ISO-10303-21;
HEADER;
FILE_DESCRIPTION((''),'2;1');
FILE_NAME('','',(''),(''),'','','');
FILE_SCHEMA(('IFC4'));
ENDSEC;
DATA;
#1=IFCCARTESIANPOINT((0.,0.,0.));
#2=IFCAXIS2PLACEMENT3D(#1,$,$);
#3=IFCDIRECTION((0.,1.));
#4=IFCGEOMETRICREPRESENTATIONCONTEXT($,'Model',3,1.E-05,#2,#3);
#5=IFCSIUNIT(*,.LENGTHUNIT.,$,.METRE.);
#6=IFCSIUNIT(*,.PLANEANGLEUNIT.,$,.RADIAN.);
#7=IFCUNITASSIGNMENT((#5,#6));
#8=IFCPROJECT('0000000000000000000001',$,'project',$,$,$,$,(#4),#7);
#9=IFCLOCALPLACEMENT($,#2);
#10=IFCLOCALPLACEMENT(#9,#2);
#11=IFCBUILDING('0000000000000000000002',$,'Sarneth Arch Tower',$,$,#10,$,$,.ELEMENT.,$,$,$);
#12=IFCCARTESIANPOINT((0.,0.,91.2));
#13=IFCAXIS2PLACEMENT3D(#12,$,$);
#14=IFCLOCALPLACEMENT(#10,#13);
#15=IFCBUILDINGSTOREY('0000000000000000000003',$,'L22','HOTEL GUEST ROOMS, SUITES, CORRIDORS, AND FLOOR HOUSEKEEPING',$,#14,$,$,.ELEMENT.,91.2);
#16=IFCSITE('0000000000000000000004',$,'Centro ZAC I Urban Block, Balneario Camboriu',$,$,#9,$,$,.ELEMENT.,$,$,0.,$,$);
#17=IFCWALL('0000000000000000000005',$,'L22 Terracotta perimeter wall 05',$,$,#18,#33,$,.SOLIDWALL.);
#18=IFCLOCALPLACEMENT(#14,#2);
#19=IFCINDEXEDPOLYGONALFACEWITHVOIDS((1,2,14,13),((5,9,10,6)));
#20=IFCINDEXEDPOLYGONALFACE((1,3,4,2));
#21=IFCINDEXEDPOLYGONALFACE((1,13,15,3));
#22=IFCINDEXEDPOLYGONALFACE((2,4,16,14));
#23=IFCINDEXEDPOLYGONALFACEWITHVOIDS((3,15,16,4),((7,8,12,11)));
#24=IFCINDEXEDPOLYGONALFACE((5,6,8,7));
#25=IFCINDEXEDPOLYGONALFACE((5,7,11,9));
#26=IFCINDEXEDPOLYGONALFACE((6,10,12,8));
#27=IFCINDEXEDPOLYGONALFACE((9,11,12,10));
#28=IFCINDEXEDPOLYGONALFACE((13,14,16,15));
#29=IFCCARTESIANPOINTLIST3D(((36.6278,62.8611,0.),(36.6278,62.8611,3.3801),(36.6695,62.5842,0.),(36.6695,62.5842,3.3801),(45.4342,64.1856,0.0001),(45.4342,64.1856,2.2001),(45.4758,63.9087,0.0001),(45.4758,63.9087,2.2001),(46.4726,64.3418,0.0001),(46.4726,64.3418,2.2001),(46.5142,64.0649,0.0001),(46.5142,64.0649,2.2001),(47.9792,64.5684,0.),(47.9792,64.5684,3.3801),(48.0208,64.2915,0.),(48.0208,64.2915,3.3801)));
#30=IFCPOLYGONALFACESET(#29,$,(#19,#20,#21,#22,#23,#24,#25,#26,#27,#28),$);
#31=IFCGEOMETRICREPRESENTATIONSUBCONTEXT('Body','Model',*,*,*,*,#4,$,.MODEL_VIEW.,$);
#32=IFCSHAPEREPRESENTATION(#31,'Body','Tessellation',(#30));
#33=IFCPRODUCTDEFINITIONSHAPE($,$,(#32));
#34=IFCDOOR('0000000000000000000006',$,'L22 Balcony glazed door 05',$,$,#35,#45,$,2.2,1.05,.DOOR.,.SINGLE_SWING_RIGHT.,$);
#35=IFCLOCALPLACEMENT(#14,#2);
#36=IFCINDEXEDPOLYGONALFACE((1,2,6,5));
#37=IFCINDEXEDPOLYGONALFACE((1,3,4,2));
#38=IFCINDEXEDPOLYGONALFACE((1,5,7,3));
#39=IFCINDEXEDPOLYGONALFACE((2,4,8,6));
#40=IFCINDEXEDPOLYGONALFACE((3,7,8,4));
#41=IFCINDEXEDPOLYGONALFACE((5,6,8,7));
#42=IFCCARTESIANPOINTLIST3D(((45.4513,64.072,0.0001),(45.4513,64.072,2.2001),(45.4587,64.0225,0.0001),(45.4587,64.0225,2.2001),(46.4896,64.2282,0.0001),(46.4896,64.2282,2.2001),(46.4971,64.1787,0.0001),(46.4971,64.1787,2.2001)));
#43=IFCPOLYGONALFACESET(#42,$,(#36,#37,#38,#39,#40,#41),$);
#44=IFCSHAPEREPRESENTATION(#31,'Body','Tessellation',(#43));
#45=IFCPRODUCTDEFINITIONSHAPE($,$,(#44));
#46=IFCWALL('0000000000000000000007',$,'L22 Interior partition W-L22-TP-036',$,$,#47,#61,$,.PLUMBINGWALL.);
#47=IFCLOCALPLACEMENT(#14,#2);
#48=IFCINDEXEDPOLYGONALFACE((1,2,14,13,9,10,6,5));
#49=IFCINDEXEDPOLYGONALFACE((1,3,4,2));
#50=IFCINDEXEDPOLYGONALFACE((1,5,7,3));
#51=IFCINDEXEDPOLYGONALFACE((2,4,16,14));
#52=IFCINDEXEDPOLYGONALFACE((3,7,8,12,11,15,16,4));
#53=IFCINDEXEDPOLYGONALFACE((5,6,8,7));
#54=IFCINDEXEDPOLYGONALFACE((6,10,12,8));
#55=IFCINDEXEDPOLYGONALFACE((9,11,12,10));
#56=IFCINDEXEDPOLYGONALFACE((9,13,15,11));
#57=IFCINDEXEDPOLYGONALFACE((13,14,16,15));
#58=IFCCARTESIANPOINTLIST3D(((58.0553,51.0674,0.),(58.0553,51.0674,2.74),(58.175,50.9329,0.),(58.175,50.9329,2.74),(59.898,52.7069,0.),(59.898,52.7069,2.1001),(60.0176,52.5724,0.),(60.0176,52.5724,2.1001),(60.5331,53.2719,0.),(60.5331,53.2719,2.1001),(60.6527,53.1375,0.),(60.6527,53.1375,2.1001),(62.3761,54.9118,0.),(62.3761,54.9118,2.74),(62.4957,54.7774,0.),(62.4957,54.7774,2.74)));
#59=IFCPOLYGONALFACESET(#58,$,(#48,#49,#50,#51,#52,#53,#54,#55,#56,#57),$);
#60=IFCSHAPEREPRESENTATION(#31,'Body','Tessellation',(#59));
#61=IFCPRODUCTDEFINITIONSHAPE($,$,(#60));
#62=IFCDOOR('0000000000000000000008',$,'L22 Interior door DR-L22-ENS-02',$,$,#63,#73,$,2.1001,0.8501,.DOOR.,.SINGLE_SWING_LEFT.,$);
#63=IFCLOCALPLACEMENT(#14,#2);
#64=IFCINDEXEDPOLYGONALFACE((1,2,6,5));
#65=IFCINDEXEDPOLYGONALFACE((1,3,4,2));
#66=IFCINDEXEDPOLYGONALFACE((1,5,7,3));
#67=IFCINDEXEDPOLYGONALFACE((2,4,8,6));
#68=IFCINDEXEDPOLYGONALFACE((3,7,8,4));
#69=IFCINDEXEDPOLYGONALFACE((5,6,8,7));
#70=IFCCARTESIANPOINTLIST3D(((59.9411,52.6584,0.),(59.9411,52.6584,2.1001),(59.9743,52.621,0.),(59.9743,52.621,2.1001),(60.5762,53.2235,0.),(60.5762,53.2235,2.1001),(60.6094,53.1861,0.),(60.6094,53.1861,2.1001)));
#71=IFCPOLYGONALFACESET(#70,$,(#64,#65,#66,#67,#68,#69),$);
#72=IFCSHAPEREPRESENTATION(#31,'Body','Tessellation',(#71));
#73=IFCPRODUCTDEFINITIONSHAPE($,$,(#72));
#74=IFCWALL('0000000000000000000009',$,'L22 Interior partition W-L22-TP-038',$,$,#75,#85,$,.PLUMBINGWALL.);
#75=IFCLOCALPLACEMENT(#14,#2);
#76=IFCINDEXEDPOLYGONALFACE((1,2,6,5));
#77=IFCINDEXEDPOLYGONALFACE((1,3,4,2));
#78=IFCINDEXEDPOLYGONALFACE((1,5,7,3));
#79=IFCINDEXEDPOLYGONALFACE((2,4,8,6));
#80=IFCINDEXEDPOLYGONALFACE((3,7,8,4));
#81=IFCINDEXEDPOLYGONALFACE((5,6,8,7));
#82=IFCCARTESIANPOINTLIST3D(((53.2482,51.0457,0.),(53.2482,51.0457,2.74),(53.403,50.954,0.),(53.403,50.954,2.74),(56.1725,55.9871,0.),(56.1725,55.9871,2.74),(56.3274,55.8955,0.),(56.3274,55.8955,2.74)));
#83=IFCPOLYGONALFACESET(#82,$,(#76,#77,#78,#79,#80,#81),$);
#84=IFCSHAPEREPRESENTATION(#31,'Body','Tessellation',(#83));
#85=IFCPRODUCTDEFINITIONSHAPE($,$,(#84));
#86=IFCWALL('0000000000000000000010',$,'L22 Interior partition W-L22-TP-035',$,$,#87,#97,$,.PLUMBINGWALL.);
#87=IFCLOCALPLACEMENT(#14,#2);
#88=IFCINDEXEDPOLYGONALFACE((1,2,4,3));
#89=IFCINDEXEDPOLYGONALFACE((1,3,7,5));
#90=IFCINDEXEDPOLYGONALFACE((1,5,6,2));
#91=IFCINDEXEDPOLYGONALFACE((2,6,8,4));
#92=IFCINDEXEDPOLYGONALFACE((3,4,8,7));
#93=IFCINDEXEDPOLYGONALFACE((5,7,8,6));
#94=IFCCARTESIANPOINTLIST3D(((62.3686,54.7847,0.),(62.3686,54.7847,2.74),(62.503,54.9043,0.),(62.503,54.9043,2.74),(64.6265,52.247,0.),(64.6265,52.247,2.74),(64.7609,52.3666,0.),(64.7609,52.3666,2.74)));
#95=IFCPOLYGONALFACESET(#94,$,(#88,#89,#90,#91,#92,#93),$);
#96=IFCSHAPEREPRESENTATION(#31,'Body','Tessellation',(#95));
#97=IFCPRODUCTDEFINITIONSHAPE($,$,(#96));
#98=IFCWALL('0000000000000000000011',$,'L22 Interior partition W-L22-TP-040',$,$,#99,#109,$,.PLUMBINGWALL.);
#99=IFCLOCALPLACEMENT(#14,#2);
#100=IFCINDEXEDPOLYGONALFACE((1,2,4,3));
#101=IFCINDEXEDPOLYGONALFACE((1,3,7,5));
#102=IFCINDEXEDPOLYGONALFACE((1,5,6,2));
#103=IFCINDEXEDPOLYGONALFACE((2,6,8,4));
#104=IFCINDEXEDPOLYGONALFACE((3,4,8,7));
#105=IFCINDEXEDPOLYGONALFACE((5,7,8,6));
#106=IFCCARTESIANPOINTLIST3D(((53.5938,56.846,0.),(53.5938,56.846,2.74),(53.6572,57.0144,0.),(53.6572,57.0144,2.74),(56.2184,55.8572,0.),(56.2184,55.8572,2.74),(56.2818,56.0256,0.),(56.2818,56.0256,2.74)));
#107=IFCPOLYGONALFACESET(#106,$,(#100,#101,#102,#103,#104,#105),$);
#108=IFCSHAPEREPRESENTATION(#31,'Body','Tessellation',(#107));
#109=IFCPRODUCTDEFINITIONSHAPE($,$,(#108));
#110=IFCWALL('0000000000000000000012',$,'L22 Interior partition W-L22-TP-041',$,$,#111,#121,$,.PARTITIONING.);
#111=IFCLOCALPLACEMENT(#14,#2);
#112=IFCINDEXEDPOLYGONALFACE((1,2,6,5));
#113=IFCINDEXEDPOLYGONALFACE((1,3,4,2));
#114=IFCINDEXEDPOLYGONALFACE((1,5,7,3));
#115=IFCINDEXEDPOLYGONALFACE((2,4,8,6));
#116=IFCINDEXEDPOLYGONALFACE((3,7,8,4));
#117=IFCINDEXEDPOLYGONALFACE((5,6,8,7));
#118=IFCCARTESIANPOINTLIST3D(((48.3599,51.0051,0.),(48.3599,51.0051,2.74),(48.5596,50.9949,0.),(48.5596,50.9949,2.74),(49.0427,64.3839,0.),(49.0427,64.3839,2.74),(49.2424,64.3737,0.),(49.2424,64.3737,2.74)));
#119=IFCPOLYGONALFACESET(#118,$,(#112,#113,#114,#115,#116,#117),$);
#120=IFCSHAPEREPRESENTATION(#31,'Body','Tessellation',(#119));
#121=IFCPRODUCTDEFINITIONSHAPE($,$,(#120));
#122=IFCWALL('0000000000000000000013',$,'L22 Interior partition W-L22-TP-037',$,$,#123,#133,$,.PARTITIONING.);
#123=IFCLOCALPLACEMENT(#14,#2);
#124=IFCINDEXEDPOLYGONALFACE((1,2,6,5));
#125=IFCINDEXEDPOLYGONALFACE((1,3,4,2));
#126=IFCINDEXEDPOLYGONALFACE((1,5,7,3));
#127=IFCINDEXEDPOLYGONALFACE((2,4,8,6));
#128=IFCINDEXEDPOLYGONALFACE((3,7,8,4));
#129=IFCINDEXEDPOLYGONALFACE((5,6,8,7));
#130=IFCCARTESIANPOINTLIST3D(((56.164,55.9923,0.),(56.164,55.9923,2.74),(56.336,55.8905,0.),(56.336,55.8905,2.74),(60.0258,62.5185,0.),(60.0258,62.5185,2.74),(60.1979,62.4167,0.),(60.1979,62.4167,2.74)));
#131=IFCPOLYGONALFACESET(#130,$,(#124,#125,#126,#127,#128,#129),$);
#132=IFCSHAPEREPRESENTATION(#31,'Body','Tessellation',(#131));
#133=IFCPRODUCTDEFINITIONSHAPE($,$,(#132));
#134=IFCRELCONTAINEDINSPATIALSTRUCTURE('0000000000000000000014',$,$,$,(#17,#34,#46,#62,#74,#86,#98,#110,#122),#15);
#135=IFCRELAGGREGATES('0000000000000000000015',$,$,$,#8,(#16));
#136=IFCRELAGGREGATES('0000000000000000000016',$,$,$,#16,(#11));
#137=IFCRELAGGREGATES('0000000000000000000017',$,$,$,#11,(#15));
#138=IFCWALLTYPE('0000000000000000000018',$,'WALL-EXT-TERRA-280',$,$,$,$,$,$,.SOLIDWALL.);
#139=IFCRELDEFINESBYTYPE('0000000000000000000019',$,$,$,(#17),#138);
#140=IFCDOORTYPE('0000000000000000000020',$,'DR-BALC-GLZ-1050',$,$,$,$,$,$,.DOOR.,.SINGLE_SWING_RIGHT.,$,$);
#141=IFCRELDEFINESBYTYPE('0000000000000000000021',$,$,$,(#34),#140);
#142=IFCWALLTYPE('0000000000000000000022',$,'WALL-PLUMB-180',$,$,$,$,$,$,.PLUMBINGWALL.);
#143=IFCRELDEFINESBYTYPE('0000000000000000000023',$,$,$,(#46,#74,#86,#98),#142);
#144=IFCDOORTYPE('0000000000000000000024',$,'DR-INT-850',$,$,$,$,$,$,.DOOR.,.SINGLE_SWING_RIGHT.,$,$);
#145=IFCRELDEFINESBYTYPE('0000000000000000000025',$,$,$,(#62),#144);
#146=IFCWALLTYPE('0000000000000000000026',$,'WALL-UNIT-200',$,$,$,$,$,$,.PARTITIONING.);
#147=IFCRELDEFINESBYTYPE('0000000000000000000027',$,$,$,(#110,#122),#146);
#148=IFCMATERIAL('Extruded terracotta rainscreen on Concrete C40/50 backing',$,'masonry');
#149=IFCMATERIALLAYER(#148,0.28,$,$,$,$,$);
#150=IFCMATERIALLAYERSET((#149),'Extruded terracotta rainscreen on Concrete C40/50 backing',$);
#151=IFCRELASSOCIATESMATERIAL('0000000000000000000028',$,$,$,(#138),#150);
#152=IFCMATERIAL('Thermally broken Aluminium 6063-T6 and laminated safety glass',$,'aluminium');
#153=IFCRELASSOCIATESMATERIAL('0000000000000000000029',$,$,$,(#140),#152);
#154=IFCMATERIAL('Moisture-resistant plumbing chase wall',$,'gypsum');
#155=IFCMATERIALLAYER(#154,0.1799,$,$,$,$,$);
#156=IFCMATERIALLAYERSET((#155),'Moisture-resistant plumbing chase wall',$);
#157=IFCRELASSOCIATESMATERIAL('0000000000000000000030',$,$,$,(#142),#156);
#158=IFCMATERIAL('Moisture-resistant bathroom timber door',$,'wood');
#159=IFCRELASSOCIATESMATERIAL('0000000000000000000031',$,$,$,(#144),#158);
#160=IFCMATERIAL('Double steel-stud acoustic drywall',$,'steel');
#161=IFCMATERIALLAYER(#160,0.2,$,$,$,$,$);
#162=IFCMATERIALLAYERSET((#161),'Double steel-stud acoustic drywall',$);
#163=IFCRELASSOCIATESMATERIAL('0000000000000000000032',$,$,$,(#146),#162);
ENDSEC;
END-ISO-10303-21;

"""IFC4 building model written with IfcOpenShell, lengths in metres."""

from ifc_helpers import new_model, si_unit, direction, frame, frame_2d, origin, place, context, subcontext, project, spatial, rectangle, extrude, material, layer, layer_set, type_object, element, fill, save


model = new_model("IFC4")

# Units and contexts
model_context = context("Model", 3, precision=1e-05, world=origin(), true_north=direction((0.0, 1.0)))
body_context = subcontext(model_context, "Body", "Model", "MODEL_VIEW")
ifc_project = project(units=[si_unit("LENGTHUNIT", "METRE"), si_unit("PLANEANGLEUNIT", "RADIAN")], contexts=[model_context])

# Site, building, storey
site_placement = place(None, origin())
site = spatial("IfcSite", under=ifc_project, at=site_placement, Name="Centro ZAC I Urban Block, Balneario Camboriu", CompositionType="ELEMENT", RefElevation=0.0)
building_placement = place(site_placement, origin())
building = spatial("IfcBuilding", under=site, at=building_placement, Name="Sarneth Arch Tower", CompositionType="ELEMENT")
storey_placement = place(building_placement, frame((0.0, 0.0, 91.2)))
storey = spatial("IfcBuildingStorey", under=building, at=storey_placement, Name="L22", Description="HOTEL GUEST ROOMS, SUITES, CORRIDORS, AND FLOOR HOUSEKEEPING", CompositionType="ELEMENT", Elevation=91.2)

# Walls, openings, doors
ifc_material_1 = material(Name="Extruded terracotta rainscreen on Concrete C40/50 backing", Category="masonry")
ifc_layer_1 = layer(ifc_material_1, 0.28)
ifc_layer_set_1 = layer_set([ifc_layer_1], Name="Extruded terracotta rainscreen on Concrete C40/50 backing")
wall_type_1 = type_object("IfcWallType", Name="WALL-EXT-TERRA-280", PredefinedType="SOLIDWALL", material=ifc_layer_set_1)
wall_1_placement = place(storey_placement, frame((48.0, 64.4299, 0.0), z_axis=(0.0, 0.0, 1.0), x_axis=(-0.988878, -0.14873, 0.0)))
wall_1 = element("IfcWall", 1, at=wall_1_placement, inside=storey, type_object=wall_type_1, Name="L22 Terracotta perimeter wall 05", PredefinedType="SOLIDWALL", context=body_context, shape_type="SweptSolid", body=[
    extrude(rectangle(XDim=11.479, YDim=0.28, at=frame_2d((5.7395, 0.0))), origin(), (0.0, 0.0, 1.0), 3.3801),
])
opening_1_placement = place(wall_1_placement, frame((1.5237, 0.0, 0.0)))
opening_1 = element("IfcOpeningElement", 2, at=opening_1_placement, cuts=wall_1, PredefinedType="OPENING", context=body_context, shape_type="SweptSolid", body=[
    extrude(rectangle(XDim=1.05, YDim=2.2, at=frame_2d((0.5249, 1.1001))), frame((0.0, 0.1499, 0.0), z_axis=(0.0, -1.0, 0.0), x_axis=(1.0, 0.0, 0.0)), (0.0, 0.0, 1.0), 0.3),
])
ifc_material_2 = material(Name="Thermally broken Aluminium 6063-T6 and laminated safety glass", Category="aluminium")
door_type_1 = type_object("IfcDoorType", Name="DR-BALC-GLZ-1050", OperationType="SINGLE_SWING_RIGHT", PredefinedType="DOOR", material=ifc_material_2)
door_1_placement = place(opening_1_placement, origin())
door_1 = element("IfcDoor", 3, at=door_1_placement, inside=storey, type_object=door_type_1, Name="L22 Balcony glazed door 05", OperationType="SINGLE_SWING_RIGHT", OverallHeight=2.2, OverallWidth=1.05, PredefinedType="DOOR", context=body_context, shape_type="SweptSolid", body=[
    extrude(rectangle(XDim=1.05, YDim=2.2, at=frame_2d((0.5249, 1.1001))), frame((0.0, 0.0249, 0.0), z_axis=(0.0, -1.0, 0.0), x_axis=(1.0, 0.0, 0.0)), (0.0, 0.0, 1.0), 0.05),
])
fill(opening_1, door_1)
ifc_material_3 = material(Name="Moisture-resistant plumbing chase wall", Category="gypsum")
ifc_layer_2 = layer(ifc_material_3, 0.1799)
ifc_layer_set_2 = layer_set([ifc_layer_2], Name="Moisture-resistant plumbing chase wall")
wall_type_2 = type_object("IfcWallType", Name="WALL-PLUMB-180", PredefinedType="PLUMBINGWALL", material=ifc_layer_set_2)
wall_2_placement = place(storey_placement, frame((62.4358, 54.8445, 0.0), z_axis=(0.0, 0.0, 1.0), x_axis=(-0.747085, -0.664728, 0.0)))
wall_2 = element("IfcWall", 4, at=wall_2_placement, inside=storey, type_object=wall_type_2, Name="L22 Interior partition W-L22-TP-036", PredefinedType="PLUMBINGWALL", context=body_context, shape_type="SweptSolid", body=[
    extrude(rectangle(XDim=5.7834, YDim=0.1799, at=frame_2d((2.8916, 0.0))), origin(), (0.0, 0.0, 1.0), 2.74),
])
opening_2_placement = place(wall_2_placement, frame((2.4668, 0.0, 0.0)))
opening_2 = element("IfcOpeningElement", 5, at=opening_2_placement, cuts=wall_2, PredefinedType="OPENING", context=body_context, shape_type="SweptSolid", body=[
    extrude(rectangle(XDim=0.8501, YDim=2.1001, at=frame_2d((0.425, 1.05))), frame((0.0, 0.0999, 0.0), z_axis=(0.0, -1.0, 0.0), x_axis=(1.0, 0.0, 0.0)), (0.0, 0.0, 1.0), 0.2),
])
ifc_material_4 = material(Name="Moisture-resistant bathroom timber door", Category="wood")
door_type_2 = type_object("IfcDoorType", Name="DR-INT-850", OperationType="SINGLE_SWING_RIGHT", PredefinedType="DOOR", material=ifc_material_4)
door_2_placement = place(opening_2_placement, origin())
door_2 = element("IfcDoor", 6, at=door_2_placement, inside=storey, type_object=door_type_2, Name="L22 Interior door DR-L22-ENS-02", OperationType="SINGLE_SWING_LEFT", OverallHeight=2.1001, OverallWidth=0.8501, PredefinedType="DOOR", context=body_context, shape_type="SweptSolid", body=[
    extrude(rectangle(XDim=0.8501, YDim=2.1001, at=frame_2d((0.425, 1.05))), frame((0.0, 0.0249, 0.0), z_axis=(0.0, -1.0, 0.0), x_axis=(1.0, 0.0, 0.0)), (0.0, 0.0, 1.0), 0.05),
])
fill(opening_2, door_2)

# Walls
wall_3_placement = place(storey_placement, frame((56.25, 55.9414, 0.0), z_axis=(0.0, 0.0, 1.0), x_axis=(-0.509296, -0.860591, 0.0)))
element("IfcWall", 7, at=wall_3_placement, inside=storey, type_object=wall_type_2, Name="L22 Interior partition W-L22-TP-038", PredefinedType="PLUMBINGWALL", context=body_context, shape_type="SweptSolid", body=[
    extrude(rectangle(XDim=5.7419, YDim=0.1799, at=frame_2d((2.8711, 0.0))), origin(), (0.0, 0.0, 1.0), 2.74),
])
wall_4_placement = place(storey_placement, frame((64.6936, 52.3069, 0.0), z_axis=(0.0, 0.0, 1.0), x_axis=(-0.664721, 0.747092, 0.0)))
element("IfcWall", 8, at=wall_4_placement, inside=storey, type_object=wall_type_2, Name="L22 Interior partition W-L22-TP-035", PredefinedType="PLUMBINGWALL", context=body_context, shape_type="SweptSolid", body=[
    extrude(rectangle(XDim=3.3967, YDim=0.1799, at=frame_2d((1.6982, 0.0))), origin(), (0.0, 0.0, 1.0), 2.74),
])
wall_5_placement = place(storey_placement, frame((53.6255, 56.9302, 0.0), z_axis=(0.0, 0.0, 1.0), x_axis=(0.935791, -0.352554, 0.0)))
element("IfcWall", 9, at=wall_5_placement, inside=storey, type_object=wall_type_2, Name="L22 Interior partition W-L22-TP-040", PredefinedType="PLUMBINGWALL", context=body_context, shape_type="SweptSolid", body=[
    extrude(rectangle(XDim=2.8047, YDim=0.1799, at=frame_2d((1.4023, 0.0))), origin(), (0.0, 0.0, 1.0), 2.74),
])
ifc_material_5 = material(Name="Double steel-stud acoustic drywall", Category="steel")
ifc_layer_3 = layer(ifc_material_5, 0.2)
ifc_layer_set_3 = layer_set([ifc_layer_3], Name="Double steel-stud acoustic drywall")
wall_type_3 = type_object("IfcWallType", Name="WALL-UNIT-200", PredefinedType="PARTITIONING", material=ifc_layer_set_3)
wall_6_placement = place(storey_placement, frame((49.1426, 64.3789, 0.0), z_axis=(0.0, 0.0, 1.0), x_axis=(-0.050974, -0.9987, 0.0)))
element("IfcWall", 10, at=wall_6_placement, inside=storey, type_object=wall_type_3, Name="L22 Interior partition W-L22-TP-041", PredefinedType="PARTITIONING", context=body_context, shape_type="SweptSolid", body=[
    extrude(rectangle(XDim=13.3962, YDim=0.2, at=frame_2d((6.6982, 0.0))), origin(), (0.0, 0.0, 1.0), 2.74),
])
wall_7_placement = place(storey_placement, frame((60.1118, 62.4675, 0.0), z_axis=(0.0, 0.0, 1.0), x_axis=(-0.509264, -0.86061, 0.0)))
element("IfcWall", 11, at=wall_7_placement, inside=storey, type_object=wall_type_3, Name="L22 Interior partition W-L22-TP-037", PredefinedType="PARTITIONING", context=body_context, shape_type="SweptSolid", body=[
    extrude(rectangle(XDim=7.5833, YDim=0.2, at=frame_2d((3.7915, 0.0))), origin(), (0.0, 0.0, 1.0), 2.74),
])

save(model, "model.ifc")
